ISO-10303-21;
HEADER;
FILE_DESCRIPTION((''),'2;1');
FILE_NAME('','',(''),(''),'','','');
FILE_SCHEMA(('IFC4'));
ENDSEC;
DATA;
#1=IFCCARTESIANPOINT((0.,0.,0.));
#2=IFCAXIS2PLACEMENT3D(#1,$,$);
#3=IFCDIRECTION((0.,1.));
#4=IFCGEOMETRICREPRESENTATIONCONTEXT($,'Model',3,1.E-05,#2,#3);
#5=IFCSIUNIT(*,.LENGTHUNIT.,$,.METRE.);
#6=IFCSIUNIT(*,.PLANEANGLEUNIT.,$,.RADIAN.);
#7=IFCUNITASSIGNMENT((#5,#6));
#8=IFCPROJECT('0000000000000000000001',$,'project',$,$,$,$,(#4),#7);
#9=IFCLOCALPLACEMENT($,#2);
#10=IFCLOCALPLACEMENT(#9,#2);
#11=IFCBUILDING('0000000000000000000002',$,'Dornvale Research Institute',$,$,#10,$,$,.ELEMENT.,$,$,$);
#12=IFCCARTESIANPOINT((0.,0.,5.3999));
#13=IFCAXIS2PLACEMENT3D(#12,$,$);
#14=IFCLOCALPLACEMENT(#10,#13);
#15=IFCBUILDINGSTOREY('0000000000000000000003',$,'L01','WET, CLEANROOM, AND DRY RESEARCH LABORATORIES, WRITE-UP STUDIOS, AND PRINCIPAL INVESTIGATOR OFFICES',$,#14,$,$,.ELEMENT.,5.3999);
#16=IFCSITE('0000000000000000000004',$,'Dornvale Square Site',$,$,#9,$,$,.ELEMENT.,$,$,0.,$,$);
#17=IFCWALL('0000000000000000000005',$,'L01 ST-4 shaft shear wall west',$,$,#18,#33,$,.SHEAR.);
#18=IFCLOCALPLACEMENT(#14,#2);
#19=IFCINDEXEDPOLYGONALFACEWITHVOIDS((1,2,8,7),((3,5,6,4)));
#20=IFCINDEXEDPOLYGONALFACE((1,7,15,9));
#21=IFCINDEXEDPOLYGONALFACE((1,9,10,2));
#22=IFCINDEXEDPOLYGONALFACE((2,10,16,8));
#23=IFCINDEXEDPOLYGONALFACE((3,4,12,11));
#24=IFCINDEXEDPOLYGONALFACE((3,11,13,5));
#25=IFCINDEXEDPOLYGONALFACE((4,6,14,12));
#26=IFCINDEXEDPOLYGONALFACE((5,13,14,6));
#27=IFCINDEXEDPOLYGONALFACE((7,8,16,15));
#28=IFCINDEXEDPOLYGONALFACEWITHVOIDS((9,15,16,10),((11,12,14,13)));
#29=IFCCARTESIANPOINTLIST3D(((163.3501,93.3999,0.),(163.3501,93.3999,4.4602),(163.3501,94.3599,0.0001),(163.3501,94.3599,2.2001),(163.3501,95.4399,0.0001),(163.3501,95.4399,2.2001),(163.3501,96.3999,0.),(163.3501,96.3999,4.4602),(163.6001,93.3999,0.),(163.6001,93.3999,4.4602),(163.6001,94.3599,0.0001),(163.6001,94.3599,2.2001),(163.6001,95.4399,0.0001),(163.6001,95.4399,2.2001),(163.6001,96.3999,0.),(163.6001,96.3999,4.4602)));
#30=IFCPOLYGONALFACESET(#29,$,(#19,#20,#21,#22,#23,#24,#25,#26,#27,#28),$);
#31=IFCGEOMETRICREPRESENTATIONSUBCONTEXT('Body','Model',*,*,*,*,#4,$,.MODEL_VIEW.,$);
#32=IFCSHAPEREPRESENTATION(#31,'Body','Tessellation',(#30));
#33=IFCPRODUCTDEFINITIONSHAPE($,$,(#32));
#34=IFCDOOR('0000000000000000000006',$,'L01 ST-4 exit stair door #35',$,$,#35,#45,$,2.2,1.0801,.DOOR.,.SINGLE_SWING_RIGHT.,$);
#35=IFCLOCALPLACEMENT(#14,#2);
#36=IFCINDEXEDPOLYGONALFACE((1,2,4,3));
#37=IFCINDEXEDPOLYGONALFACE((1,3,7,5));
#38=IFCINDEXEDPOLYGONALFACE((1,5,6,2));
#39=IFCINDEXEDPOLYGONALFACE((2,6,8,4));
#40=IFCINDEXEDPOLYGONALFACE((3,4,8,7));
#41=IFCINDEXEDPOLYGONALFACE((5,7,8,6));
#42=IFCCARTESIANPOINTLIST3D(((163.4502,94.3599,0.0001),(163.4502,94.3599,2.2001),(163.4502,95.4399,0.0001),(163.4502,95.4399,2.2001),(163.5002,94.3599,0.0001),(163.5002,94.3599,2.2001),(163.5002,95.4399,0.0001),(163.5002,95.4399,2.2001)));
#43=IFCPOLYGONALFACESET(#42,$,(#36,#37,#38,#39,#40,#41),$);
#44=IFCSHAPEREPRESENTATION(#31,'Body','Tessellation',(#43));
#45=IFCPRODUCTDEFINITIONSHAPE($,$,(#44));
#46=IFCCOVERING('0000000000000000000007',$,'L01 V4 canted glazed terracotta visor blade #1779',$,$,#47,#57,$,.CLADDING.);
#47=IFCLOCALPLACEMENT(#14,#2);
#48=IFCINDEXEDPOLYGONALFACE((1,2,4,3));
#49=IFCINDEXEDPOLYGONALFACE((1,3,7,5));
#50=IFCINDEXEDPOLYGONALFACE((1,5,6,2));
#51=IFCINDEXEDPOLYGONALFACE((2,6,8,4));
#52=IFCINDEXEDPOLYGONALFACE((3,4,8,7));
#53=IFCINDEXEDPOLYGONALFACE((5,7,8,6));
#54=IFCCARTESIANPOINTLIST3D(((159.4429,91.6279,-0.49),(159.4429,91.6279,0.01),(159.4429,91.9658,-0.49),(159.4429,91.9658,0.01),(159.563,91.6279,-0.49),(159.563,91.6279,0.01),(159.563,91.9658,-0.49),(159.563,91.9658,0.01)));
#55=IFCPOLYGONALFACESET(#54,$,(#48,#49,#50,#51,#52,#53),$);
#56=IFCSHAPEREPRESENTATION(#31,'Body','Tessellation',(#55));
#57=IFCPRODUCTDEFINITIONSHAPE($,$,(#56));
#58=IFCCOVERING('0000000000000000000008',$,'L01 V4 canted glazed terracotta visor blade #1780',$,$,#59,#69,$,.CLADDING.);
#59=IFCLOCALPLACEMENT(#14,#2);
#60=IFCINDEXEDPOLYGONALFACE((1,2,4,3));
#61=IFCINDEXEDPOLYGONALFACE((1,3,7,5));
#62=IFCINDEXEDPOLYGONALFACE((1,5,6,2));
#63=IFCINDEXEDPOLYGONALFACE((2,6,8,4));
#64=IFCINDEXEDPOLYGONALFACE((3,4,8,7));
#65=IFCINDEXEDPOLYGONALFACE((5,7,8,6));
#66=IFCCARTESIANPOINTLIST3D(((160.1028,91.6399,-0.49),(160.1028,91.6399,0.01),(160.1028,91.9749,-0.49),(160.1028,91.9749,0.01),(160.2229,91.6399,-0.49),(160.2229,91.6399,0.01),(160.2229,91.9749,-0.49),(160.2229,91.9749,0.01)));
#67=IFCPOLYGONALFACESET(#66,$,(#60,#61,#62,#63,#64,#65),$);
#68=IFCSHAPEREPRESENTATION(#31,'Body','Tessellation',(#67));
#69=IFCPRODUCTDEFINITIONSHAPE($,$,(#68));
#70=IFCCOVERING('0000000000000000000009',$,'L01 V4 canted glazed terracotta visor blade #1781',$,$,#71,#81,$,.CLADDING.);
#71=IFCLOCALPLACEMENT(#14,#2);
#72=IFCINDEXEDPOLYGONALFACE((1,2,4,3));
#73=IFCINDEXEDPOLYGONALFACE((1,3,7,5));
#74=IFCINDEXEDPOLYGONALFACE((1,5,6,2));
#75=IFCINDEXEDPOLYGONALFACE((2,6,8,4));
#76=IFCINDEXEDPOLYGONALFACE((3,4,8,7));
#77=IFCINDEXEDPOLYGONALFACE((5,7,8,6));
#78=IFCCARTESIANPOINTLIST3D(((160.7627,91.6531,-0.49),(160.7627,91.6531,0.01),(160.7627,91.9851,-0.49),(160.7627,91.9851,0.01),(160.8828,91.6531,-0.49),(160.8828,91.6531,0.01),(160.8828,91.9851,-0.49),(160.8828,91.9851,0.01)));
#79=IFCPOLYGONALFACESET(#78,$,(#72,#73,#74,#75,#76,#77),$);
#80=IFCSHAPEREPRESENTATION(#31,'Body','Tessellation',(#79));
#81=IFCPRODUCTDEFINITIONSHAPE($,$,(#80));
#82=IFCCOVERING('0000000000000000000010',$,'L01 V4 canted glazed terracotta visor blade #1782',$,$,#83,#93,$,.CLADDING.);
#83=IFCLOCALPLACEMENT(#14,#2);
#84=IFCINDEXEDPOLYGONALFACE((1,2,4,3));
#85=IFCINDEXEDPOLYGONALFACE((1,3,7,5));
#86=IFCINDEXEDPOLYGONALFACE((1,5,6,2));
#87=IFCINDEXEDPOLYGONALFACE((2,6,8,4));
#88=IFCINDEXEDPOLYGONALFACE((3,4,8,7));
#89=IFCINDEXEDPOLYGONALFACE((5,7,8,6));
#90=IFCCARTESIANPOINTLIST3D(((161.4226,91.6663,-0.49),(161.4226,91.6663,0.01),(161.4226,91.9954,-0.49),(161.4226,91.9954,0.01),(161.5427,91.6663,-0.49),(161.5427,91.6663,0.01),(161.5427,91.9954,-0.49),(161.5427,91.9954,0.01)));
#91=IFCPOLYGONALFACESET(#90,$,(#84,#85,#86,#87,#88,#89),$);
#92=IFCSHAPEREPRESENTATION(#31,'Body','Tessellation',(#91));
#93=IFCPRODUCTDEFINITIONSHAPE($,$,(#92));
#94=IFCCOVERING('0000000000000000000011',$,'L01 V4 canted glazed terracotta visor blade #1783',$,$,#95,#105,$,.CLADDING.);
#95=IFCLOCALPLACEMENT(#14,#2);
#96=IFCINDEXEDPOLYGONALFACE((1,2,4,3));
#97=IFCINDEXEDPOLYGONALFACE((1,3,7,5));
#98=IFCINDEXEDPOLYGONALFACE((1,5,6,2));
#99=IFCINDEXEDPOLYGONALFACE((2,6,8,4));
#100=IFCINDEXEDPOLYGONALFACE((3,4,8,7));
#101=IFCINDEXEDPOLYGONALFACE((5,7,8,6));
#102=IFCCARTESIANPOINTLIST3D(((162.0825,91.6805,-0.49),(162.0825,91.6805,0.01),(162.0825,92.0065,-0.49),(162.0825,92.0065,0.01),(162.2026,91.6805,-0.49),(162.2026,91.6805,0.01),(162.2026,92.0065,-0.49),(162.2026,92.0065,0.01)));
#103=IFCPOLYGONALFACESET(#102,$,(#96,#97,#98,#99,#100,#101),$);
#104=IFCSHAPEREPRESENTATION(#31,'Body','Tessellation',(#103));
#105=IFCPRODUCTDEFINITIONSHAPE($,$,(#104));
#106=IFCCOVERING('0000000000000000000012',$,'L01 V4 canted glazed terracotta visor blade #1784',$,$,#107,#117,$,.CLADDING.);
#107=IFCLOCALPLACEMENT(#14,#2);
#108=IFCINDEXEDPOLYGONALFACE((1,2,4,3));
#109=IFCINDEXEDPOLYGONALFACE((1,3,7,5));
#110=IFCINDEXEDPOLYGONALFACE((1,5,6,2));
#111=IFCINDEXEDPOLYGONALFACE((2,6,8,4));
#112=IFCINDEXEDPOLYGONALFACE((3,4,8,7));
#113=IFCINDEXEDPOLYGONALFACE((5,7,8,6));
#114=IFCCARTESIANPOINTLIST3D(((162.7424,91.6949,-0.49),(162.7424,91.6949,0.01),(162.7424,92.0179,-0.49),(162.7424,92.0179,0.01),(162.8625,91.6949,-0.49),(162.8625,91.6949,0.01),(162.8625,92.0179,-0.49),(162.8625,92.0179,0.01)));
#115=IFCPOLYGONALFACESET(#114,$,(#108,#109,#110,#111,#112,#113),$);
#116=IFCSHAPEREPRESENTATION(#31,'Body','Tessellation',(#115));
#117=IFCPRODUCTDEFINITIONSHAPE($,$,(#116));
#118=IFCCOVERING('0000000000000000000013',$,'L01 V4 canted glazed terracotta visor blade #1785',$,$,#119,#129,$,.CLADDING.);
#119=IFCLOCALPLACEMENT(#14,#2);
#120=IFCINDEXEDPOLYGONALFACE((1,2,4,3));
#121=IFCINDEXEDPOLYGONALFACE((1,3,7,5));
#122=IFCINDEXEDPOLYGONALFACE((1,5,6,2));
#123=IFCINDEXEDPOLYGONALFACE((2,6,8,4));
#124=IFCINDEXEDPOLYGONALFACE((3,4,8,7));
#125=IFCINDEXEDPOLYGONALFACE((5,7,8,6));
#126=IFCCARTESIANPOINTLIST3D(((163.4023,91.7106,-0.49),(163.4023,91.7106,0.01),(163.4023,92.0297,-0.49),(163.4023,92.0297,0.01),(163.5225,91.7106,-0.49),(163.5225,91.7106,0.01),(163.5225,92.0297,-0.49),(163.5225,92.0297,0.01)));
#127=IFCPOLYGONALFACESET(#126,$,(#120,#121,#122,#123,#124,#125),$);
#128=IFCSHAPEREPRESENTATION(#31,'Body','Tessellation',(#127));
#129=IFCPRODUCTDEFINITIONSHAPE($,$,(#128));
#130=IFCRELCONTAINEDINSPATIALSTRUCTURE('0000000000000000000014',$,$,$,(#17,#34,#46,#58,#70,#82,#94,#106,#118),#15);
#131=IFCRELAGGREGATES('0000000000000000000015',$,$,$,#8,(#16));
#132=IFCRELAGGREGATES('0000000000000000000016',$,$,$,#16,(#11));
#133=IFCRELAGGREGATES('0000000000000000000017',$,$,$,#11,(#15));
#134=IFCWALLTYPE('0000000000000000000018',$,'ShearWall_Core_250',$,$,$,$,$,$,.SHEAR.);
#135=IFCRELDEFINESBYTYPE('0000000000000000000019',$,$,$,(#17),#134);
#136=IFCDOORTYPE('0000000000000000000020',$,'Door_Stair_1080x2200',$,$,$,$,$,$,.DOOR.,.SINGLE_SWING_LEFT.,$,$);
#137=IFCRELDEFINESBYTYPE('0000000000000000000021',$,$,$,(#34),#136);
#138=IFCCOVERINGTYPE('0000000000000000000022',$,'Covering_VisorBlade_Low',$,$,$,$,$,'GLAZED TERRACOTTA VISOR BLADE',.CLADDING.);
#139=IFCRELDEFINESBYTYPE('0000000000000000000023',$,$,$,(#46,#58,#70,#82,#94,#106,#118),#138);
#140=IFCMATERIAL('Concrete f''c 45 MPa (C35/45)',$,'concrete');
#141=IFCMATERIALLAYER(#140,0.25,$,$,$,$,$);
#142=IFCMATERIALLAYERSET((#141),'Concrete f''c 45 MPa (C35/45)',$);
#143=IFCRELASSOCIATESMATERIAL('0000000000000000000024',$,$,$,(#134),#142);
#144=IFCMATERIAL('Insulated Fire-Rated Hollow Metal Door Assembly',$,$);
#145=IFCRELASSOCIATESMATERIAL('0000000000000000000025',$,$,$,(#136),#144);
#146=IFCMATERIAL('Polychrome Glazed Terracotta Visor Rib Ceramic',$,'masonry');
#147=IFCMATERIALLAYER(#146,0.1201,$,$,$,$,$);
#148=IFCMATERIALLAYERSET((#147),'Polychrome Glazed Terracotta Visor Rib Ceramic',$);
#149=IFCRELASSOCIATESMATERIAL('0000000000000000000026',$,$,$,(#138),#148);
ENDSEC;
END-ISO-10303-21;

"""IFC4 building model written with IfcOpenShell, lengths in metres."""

from ifc_helpers import new_model, si_unit, direction, frame, frame_2d, origin, origin_2d, place, context, subcontext, project, spatial, rectangle, extrude, material, layer, layer_set, type_object, element, fill, save


model = new_model("IFC4")

# Units and contexts
model_context = context("Model", 3, precision=1e-05, world=origin(), true_north=direction((0.0, 1.0)))
body_context = subcontext(model_context, "Body", "Model", "MODEL_VIEW")
ifc_project = project(units=[si_unit("LENGTHUNIT", "METRE"), si_unit("PLANEANGLEUNIT", "RADIAN")], contexts=[model_context])

# Site, building, storey
site_placement = place(None, origin())
site = spatial("IfcSite", under=ifc_project, at=site_placement, Name="Dornvale Square Site", CompositionType="ELEMENT", RefElevation=0.0)
building_placement = place(site_placement, origin())
building = spatial("IfcBuilding", under=site, at=building_placement, Name="Dornvale Research Institute", CompositionType="ELEMENT")
storey_placement = place(building_placement, frame((0.0, 0.0, 5.3999)))
storey = spatial("IfcBuildingStorey", under=building, at=storey_placement, Name="L01", Description="WET, CLEANROOM, AND DRY RESEARCH LABORATORIES, WRITE-UP STUDIOS, AND PRINCIPAL INVESTIGATOR OFFICES", CompositionType="ELEMENT", Elevation=5.3999)

# Shared definitions
ifc_material_1 = material(Name="Concrete f'c 45 MPa (C35/45)", Category="concrete")
ifc_layer_1 = layer(ifc_material_1, 0.25)
ifc_layer_set_1 = layer_set([ifc_layer_1], Name="Concrete f'c 45 MPa (C35/45)")
wall_type = type_object("IfcWallType", Name="ShearWall_Core_250", PredefinedType="SHEAR", material=ifc_layer_set_1)

# Wall, opening, door
wall_1_placement = place(storey_placement, frame((163.4751, 93.3999, 0.0), z_axis=(0.0, 0.0, 1.0), x_axis=(0.0, 1.0, 0.0)))
wall_1 = element("IfcWall", 1, at=wall_1_placement, inside=storey, type_object=wall_type, Name="L01 ST-4 shaft shear wall west", PredefinedType="SHEAR", context=body_context, shape_type="SweptSolid", body=[
    extrude(rectangle(XDim=3.0, YDim=0.25, at=frame_2d((1.5, 0.0))), origin(), (0.0, 0.0, 1.0), 4.4602),
])
opening_placement = place(wall_1_placement, frame((0.96, 0.0, 0.0)))
opening = element("IfcOpeningElement", 2, at=opening_placement, cuts=wall_1, PredefinedType="OPENING", context=body_context, shape_type="SweptSolid", body=[
    extrude(rectangle(XDim=1.0801, YDim=2.2, at=frame_2d((0.54, 1.1001))), frame((0.0, 0.1399, 0.0), z_axis=(0.0, -1.0, 0.0), x_axis=(1.0, 0.0, 0.0)), (0.0, 0.0, 1.0), 0.28),
])
ifc_material_2 = material(Name="Insulated Fire-Rated Hollow Metal Door Assembly")
door_type = type_object("IfcDoorType", Name="Door_Stair_1080x2200", OperationType="SINGLE_SWING_LEFT", PredefinedType="DOOR", material=ifc_material_2)
door_placement = place(opening_placement, origin())
door = element("IfcDoor", 3, at=door_placement, inside=storey, type_object=door_type, Name="L01 ST-4 exit stair door #35", OperationType="SINGLE_SWING_RIGHT", OverallHeight=2.2, OverallWidth=1.0801, PredefinedType="DOOR", context=body_context, shape_type="SweptSolid", body=[
    extrude(rectangle(XDim=1.0801, YDim=2.2, at=frame_2d((0.54, 1.1001))), frame((0.0, 0.0249, 0.0), z_axis=(0.0, -1.0, 0.0), x_axis=(1.0, 0.0, 0.0)), (0.0, 0.0, 1.0), 0.05),
])
fill(opening, door)

# Coverings
ifc_material_3 = material(Name="Polychrome Glazed Terracotta Visor Rib Ceramic", Category="masonry")
ifc_layer_2 = layer(ifc_material_3, 0.1201)
ifc_layer_set_2 = layer_set([ifc_layer_2], Name="Polychrome Glazed Terracotta Visor Rib Ceramic")
covering_type = type_object("IfcCoveringType", Name="Covering_VisorBlade_Low", ElementType="GLAZED TERRACOTTA VISOR BLADE", PredefinedType="CLADDING", material=ifc_layer_set_2)
covering_1_placement = place(storey_placement, frame((159.5029, 91.7969, -0.49), z_axis=(0.0, 0.0, 1.0), x_axis=(0.0, 1.0, 0.0)))
element("IfcCovering", 4, at=covering_1_placement, inside=storey, type_object=covering_type, Name="L01 V4 canted glazed terracotta visor blade #1779", PredefinedType="CLADDING", context=body_context, shape_type="SweptSolid", body=[
    extrude(rectangle(XDim=0.3379, YDim=0.1201, at=origin_2d()), origin(), (0.0, 0.0, 1.0), 0.5),
])
covering_2_placement = place(storey_placement, frame((160.1628, 91.8074, -0.49), z_axis=(0.0, 0.0, 1.0), x_axis=(0.0, 1.0, 0.0)))
element("IfcCovering", 5, at=covering_2_placement, inside=storey, type_object=covering_type, Name="L01 V4 canted glazed terracotta visor blade #1780", PredefinedType="CLADDING", context=body_context, shape_type="SweptSolid", body=[
    extrude(rectangle(XDim=0.335, YDim=0.1201, at=origin_2d()), origin(), (0.0, 0.0, 1.0), 0.5),
])
covering_3_placement = place(storey_placement, frame((160.8228, 91.8191, -0.49), z_axis=(0.0, 0.0, 1.0), x_axis=(0.0, 1.0, 0.0)))
element("IfcCovering", 6, at=covering_3_placement, inside=storey, type_object=covering_type, Name="L01 V4 canted glazed terracotta visor blade #1781", PredefinedType="CLADDING", context=body_context, shape_type="SweptSolid", body=[
    extrude(rectangle(XDim=0.332, YDim=0.1201, at=origin_2d()), origin(), (0.0, 0.0, 1.0), 0.5),
])
covering_4_placement = place(storey_placement, frame((161.4827, 91.8308, -0.49), z_axis=(0.0, 0.0, 1.0), x_axis=(0.0, 1.0, 0.0)))
element("IfcCovering", 7, at=covering_4_placement, inside=storey, type_object=covering_type, Name="L01 V4 canted glazed terracotta visor blade #1782", PredefinedType="CLADDING", context=body_context, shape_type="SweptSolid", body=[
    extrude(rectangle(XDim=0.3291, YDim=0.1201, at=origin_2d()), origin(), (0.0, 0.0, 1.0), 0.5),
])
covering_5_placement = place(storey_placement, frame((162.1426, 91.8435, -0.49), z_axis=(0.0, 0.0, 1.0), x_axis=(0.0, 1.0, 0.0)))
element("IfcCovering", 8, at=covering_5_placement, inside=storey, type_object=covering_type, Name="L01 V4 canted glazed terracotta visor blade #1783", PredefinedType="CLADDING", context=body_context, shape_type="SweptSolid", body=[
    extrude(rectangle(XDim=0.3259, YDim=0.1201, at=origin_2d()), origin(), (0.0, 0.0, 1.0), 0.5),
])
covering_6_placement = place(storey_placement, frame((162.8025, 91.8564, -0.49), z_axis=(0.0, 0.0, 1.0), x_axis=(0.0, 1.0, 0.0)))
element("IfcCovering", 9, at=covering_6_placement, inside=storey, type_object=covering_type, Name="L01 V4 canted glazed terracotta visor blade #1784", PredefinedType="CLADDING", context=body_context, shape_type="SweptSolid", body=[
    extrude(rectangle(XDim=0.323, YDim=0.1201, at=origin_2d()), origin(), (0.0, 0.0, 1.0), 0.5),
])
covering_7_placement = place(storey_placement, frame((163.4624, 91.8701, -0.49), z_axis=(0.0, 0.0, 1.0), x_axis=(0.0, 1.0, 0.0)))
element("IfcCovering", 10, at=covering_7_placement, inside=storey, type_object=covering_type, Name="L01 V4 canted glazed terracotta visor blade #1785", PredefinedType="CLADDING", context=body_context, shape_type="SweptSolid", body=[
    extrude(rectangle(XDim=0.3191, YDim=0.1201, at=origin_2d()), origin(), (0.0, 0.0, 1.0), 0.5),
])

save(model, "model.ifc")
